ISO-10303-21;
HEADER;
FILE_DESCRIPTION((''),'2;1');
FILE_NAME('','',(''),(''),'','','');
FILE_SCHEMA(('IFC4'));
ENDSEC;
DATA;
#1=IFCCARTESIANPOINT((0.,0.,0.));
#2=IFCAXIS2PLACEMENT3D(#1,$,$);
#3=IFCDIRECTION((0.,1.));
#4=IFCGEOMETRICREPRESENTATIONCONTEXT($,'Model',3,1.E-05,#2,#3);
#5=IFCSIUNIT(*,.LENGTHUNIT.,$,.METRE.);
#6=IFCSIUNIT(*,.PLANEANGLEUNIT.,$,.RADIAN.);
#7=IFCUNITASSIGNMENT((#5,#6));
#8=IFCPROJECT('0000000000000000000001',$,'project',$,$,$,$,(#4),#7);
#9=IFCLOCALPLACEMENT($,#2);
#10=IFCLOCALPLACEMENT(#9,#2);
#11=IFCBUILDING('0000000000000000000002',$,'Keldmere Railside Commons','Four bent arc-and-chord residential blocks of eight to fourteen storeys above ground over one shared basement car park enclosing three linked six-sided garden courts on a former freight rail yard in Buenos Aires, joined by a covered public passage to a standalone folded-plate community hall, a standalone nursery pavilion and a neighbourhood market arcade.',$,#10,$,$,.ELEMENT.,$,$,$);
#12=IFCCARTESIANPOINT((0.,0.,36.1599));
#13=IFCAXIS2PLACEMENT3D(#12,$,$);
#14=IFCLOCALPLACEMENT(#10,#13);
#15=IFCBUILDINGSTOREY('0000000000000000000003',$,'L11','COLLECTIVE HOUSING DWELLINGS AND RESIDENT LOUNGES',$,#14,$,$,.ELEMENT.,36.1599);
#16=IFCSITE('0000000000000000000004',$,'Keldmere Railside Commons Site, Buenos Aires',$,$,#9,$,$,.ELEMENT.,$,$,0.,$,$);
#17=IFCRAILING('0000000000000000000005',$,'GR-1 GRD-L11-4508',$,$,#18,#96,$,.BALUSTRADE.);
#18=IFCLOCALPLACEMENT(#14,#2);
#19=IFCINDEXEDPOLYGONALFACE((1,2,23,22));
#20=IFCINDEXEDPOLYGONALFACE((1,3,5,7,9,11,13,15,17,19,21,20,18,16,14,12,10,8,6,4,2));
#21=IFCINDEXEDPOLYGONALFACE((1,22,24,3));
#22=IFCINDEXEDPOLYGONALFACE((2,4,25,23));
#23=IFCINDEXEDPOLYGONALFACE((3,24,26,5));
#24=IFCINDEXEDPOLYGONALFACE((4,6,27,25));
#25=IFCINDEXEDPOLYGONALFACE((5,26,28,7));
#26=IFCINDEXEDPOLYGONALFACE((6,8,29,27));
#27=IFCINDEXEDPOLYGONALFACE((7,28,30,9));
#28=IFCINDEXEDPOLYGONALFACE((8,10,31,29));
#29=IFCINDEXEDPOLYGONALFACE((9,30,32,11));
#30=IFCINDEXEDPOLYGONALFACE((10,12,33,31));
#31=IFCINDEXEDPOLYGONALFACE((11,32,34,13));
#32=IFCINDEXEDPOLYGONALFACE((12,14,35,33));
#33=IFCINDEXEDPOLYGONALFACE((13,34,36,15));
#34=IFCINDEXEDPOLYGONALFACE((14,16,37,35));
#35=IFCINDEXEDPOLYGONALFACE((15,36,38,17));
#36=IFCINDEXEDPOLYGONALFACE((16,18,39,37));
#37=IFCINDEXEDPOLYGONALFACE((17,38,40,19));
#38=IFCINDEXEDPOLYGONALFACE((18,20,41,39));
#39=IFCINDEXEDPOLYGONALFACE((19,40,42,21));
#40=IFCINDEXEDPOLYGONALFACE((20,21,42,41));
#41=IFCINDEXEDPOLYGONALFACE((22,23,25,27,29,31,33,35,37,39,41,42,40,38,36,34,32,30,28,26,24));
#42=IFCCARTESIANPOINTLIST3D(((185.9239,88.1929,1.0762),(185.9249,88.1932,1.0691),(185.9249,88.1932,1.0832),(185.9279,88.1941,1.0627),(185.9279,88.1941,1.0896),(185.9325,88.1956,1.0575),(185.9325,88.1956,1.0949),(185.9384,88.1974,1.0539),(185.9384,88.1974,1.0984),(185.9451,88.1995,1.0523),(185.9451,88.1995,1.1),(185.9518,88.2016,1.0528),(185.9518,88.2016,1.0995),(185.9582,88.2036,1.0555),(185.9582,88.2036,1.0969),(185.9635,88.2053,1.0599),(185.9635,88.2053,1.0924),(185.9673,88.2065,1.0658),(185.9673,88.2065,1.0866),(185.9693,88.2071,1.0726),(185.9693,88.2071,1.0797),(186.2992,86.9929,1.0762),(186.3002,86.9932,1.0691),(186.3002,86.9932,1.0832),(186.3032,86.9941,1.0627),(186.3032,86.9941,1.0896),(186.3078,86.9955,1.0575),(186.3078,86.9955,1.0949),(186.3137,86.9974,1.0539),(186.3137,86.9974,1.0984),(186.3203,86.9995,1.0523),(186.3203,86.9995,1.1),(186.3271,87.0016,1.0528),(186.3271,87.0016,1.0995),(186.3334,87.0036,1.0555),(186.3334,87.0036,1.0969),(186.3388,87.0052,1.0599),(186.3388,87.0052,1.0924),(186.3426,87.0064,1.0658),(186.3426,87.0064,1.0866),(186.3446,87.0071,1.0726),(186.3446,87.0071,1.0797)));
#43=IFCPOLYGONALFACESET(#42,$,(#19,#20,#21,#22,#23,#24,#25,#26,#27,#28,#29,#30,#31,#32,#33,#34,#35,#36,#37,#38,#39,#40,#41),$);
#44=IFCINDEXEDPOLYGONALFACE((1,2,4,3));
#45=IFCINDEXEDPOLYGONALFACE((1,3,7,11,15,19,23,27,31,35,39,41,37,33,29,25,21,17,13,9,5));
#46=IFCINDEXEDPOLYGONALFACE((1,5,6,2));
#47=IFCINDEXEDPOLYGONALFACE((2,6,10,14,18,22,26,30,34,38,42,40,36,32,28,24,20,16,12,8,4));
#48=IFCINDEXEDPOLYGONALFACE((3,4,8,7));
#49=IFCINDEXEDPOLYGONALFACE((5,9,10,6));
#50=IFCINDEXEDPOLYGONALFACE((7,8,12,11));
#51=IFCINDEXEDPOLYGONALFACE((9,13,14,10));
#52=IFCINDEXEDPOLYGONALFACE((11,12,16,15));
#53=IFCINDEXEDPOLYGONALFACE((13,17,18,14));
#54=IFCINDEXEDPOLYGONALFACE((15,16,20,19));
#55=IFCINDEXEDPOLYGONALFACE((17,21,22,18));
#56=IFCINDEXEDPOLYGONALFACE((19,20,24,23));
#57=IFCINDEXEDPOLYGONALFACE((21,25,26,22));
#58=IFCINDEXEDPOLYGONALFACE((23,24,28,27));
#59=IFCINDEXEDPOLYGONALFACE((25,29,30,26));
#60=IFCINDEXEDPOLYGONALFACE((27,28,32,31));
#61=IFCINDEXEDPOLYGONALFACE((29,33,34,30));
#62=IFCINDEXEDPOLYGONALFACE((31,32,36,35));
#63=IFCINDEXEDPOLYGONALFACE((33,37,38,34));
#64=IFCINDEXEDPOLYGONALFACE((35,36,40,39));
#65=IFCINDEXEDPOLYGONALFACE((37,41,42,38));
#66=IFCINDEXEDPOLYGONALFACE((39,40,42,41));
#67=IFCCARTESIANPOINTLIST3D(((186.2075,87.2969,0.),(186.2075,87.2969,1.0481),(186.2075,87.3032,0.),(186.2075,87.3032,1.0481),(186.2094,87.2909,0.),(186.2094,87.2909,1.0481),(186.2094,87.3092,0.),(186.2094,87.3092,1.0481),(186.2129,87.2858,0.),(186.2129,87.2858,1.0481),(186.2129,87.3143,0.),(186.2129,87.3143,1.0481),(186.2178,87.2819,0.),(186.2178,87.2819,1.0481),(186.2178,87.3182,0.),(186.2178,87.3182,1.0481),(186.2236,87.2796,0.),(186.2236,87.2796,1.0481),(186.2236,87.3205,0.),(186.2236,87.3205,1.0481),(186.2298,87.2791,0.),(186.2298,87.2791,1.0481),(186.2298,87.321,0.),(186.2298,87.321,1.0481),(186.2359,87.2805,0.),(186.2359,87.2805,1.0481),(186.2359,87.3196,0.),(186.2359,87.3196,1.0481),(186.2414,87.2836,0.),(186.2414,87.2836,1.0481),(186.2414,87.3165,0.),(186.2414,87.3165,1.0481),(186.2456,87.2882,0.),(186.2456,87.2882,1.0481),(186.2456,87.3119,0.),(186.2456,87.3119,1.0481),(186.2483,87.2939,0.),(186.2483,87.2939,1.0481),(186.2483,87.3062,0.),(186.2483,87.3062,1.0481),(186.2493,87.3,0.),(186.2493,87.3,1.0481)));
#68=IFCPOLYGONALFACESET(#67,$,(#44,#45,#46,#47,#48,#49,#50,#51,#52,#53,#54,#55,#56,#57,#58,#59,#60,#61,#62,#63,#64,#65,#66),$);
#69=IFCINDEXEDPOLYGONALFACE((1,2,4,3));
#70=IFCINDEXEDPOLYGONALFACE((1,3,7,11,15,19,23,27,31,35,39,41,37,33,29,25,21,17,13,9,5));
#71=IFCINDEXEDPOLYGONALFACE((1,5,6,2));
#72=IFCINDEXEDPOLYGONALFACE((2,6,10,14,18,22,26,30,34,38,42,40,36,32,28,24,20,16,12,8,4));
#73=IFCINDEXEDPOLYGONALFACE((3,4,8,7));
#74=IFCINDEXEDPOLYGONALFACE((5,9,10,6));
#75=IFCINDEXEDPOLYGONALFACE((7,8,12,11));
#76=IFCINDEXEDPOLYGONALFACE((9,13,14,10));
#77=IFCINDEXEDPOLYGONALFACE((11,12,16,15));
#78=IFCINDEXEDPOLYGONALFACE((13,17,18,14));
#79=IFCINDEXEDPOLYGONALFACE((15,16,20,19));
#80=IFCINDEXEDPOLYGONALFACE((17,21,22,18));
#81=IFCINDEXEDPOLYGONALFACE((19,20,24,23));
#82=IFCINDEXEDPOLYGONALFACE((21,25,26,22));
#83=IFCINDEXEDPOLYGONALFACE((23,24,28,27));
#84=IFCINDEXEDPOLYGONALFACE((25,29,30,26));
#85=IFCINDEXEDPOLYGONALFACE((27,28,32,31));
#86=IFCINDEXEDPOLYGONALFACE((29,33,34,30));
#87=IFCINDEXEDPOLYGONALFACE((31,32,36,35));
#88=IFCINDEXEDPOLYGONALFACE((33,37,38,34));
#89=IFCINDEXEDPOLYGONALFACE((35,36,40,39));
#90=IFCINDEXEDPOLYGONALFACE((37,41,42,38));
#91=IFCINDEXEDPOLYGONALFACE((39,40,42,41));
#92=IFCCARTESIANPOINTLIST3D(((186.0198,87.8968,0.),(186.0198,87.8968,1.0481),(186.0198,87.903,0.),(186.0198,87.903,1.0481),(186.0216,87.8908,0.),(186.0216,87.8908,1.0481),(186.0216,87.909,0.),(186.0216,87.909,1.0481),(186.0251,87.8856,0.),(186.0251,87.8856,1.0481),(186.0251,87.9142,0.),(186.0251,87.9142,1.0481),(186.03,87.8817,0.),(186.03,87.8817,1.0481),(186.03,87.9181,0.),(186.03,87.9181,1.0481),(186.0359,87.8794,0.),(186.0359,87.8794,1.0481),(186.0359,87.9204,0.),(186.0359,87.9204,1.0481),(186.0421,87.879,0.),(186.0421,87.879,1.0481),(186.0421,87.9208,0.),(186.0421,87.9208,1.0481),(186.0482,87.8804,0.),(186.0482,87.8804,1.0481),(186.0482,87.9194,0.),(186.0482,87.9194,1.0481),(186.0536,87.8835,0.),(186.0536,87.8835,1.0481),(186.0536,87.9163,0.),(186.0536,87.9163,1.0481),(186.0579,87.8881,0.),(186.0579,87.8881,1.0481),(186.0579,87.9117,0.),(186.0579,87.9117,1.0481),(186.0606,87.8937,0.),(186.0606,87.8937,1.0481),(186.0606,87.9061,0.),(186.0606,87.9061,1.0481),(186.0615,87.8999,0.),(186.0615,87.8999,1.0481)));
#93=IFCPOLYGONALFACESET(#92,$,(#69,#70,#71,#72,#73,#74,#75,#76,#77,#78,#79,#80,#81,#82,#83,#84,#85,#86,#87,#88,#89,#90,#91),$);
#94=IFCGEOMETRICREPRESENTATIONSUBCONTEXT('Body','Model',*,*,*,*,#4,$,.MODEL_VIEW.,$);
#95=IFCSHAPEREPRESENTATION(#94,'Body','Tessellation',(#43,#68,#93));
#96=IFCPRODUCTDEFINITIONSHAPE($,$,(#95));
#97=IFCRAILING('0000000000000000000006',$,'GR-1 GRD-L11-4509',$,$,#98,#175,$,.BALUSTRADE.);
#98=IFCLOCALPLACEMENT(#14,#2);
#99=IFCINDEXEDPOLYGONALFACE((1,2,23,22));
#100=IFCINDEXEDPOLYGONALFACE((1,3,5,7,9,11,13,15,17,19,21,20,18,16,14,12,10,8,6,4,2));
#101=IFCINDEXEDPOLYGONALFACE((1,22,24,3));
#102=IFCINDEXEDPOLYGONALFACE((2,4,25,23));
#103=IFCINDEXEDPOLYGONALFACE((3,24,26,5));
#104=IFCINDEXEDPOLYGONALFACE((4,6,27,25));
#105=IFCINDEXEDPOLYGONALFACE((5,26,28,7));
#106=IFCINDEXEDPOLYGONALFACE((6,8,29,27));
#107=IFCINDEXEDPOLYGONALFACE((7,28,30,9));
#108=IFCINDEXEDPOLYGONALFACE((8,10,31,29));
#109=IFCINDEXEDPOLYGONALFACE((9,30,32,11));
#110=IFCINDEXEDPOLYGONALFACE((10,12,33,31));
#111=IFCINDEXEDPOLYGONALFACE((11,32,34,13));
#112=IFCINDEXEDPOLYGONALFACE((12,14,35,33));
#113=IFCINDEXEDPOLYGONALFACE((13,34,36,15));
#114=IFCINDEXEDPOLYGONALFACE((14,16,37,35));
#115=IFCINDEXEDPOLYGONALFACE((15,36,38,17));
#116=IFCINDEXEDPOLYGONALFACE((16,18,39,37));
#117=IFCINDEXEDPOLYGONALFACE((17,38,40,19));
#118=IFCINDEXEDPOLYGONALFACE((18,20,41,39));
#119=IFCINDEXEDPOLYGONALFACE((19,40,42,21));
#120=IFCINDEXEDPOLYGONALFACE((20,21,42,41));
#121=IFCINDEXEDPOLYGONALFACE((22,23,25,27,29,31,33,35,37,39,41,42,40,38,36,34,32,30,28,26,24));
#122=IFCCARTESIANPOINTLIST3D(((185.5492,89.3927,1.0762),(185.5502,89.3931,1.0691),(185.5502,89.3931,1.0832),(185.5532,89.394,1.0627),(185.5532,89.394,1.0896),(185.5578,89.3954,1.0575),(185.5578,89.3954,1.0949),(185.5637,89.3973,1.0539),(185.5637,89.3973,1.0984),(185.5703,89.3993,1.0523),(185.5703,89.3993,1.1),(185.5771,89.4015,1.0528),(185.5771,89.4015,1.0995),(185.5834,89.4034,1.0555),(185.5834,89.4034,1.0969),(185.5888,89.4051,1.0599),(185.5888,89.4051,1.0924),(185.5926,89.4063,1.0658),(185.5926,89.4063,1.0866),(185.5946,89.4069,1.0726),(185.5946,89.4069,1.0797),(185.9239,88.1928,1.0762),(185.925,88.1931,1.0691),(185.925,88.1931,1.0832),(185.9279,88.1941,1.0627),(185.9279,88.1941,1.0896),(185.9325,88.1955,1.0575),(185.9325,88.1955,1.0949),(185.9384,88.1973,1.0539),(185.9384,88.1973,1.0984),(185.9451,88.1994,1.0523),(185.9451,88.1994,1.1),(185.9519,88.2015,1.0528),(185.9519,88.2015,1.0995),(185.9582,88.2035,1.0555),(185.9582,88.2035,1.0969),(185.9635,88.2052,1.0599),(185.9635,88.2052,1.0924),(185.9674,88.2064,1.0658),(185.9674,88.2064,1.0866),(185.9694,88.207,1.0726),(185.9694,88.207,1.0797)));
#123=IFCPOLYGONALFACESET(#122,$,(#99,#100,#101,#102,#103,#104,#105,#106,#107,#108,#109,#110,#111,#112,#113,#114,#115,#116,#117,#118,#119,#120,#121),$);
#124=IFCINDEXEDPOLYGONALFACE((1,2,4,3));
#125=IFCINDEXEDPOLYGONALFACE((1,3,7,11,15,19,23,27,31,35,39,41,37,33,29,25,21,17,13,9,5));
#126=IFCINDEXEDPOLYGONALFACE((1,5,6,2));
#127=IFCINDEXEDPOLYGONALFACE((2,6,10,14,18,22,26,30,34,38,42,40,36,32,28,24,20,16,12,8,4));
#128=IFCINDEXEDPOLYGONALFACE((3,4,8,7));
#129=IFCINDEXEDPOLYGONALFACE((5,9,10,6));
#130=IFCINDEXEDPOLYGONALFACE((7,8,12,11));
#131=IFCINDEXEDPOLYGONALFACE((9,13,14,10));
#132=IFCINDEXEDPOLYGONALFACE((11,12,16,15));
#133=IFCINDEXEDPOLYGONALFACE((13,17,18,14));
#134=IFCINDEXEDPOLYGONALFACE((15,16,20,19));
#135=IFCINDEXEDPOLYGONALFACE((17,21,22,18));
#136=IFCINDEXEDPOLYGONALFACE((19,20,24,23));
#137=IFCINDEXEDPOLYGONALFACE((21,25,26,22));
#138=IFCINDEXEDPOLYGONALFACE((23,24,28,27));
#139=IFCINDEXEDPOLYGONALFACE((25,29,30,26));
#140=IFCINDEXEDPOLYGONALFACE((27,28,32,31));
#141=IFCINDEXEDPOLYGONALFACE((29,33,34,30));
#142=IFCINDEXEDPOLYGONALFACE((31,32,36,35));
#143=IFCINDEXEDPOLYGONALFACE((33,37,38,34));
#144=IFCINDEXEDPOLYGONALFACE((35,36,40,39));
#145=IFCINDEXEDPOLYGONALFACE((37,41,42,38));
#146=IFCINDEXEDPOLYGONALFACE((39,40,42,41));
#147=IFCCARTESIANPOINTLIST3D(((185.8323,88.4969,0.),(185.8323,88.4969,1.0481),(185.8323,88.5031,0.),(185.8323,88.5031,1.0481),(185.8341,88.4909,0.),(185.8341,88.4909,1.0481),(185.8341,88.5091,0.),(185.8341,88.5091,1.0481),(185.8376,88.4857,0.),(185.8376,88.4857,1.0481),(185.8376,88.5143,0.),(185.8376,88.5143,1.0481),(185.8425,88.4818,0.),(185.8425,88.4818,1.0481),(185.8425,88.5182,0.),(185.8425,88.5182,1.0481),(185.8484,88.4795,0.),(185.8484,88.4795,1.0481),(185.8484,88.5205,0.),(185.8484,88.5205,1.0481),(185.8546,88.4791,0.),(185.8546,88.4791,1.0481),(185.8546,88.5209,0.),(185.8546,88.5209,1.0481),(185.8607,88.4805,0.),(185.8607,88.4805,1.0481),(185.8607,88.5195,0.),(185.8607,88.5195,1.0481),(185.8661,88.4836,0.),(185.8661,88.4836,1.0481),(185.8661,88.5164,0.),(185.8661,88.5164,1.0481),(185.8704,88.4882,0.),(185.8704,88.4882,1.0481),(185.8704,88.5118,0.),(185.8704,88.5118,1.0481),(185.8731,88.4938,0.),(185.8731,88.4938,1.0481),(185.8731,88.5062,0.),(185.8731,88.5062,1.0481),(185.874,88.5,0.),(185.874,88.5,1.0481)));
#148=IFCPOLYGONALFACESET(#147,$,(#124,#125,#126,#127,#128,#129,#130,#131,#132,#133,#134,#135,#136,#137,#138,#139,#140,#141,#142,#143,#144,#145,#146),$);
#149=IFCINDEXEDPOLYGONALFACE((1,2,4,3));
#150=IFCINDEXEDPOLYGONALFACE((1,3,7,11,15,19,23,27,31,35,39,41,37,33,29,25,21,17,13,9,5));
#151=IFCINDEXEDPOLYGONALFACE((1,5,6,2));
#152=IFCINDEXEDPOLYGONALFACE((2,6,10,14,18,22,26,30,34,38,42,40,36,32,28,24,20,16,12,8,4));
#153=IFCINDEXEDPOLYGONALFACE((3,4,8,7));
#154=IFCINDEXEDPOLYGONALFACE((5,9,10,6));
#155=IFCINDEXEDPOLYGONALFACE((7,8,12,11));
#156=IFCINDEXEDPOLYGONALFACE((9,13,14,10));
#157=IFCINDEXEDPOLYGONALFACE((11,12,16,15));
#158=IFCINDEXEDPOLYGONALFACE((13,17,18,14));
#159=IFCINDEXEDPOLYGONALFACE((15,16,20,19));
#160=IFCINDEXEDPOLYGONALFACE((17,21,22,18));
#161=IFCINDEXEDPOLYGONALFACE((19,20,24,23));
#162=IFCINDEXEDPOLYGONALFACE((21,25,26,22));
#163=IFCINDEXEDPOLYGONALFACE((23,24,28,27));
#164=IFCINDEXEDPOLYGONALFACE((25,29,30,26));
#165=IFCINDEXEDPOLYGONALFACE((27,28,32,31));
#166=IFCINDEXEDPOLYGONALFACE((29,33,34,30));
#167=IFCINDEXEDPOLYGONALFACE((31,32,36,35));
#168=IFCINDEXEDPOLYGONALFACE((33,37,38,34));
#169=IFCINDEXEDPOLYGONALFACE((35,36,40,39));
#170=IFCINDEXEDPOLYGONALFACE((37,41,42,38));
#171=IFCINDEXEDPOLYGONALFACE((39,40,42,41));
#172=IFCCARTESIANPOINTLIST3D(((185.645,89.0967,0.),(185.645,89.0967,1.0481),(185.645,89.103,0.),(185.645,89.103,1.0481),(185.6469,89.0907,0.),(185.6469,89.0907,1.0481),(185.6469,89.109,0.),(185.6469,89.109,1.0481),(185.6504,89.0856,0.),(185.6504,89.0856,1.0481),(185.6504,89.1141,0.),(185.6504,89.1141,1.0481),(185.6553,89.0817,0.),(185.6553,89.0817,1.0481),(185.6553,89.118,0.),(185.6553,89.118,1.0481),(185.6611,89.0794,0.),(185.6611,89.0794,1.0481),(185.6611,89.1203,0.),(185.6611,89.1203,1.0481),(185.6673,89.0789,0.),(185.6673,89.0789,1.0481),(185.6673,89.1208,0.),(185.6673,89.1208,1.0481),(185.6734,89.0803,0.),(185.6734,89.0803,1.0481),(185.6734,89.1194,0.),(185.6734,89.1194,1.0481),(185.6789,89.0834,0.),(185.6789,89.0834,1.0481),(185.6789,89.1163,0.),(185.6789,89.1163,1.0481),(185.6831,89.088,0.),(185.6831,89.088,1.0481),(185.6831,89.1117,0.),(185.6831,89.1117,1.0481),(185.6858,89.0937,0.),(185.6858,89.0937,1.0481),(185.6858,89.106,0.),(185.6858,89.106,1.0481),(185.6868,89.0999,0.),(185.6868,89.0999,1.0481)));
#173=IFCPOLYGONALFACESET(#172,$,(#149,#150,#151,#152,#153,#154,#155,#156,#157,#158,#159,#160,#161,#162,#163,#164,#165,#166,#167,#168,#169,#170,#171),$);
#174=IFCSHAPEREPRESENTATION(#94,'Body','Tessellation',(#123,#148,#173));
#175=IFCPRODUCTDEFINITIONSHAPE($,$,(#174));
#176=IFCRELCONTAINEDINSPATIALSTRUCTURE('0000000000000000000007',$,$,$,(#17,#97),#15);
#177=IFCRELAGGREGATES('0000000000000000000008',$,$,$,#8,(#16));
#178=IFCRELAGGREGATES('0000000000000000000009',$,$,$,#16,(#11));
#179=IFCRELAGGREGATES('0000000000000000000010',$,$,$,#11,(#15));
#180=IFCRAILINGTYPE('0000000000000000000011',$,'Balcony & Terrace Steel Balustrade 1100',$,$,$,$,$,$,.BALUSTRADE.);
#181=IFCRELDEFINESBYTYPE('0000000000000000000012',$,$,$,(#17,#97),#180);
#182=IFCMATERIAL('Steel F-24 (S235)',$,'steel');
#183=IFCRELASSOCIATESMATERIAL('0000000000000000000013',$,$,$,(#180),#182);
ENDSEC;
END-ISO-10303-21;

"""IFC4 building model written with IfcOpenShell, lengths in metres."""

from ifc_helpers import new_model, si_unit, direction, frame, origin, origin_2d, place, context, subcontext, project, spatial, circle, extrude, material, type_object, element, save


model = new_model("IFC4")

# Units and contexts
model_context = context("Model", 3, precision=1e-05, world=origin(), true_north=direction((0.0, 1.0)))
body_context = subcontext(model_context, "Body", "Model", "MODEL_VIEW")
ifc_project = project(units=[si_unit("LENGTHUNIT", "METRE"), si_unit("PLANEANGLEUNIT", "RADIAN")], contexts=[model_context])

# Site, building, storey
site_placement = place(None, origin())
site = spatial("IfcSite", under=ifc_project, at=site_placement, Name="Keldmere Railside Commons Site, Buenos Aires", CompositionType="ELEMENT", RefElevation=0.0)
building_placement = place(site_placement, origin())
building = spatial("IfcBuilding", under=site, at=building_placement, Name="Keldmere Railside Commons", Description="Four bent arc-and-chord residential blocks of eight to fourteen storeys above ground over one shared basement car park enclosing three linked six-sided garden courts on a former freight rail yard in Buenos Aires, joined by a covered public passage to a standalone folded-plate community hall, a standalone nursery pavilion and a neighbourhood market arcade.", CompositionType="ELEMENT")
storey_placement = place(building_placement, frame((0.0, 0.0, 36.1599)))
storey = spatial("IfcBuildingStorey", under=building, at=storey_placement, Name="L11", Description="COLLECTIVE HOUSING DWELLINGS AND RESIDENT LOUNGES", CompositionType="ELEMENT", Elevation=36.1599)

# Railings
ifc_material_1 = material(Name="Steel F-24 (S235)", Category="steel")
railing_type = type_object("IfcRailingType", Name="Balcony & Terrace Steel Balustrade 1100", PredefinedType="BALUSTRADE", material=ifc_material_1)
railing_1_placement = place(storey_placement, frame((186.322, 87.0, 0.0)))
element("IfcRailing", 1, at=railing_1_placement, inside=storey, type_object=railing_type, Name="GR-1 GRD-L11-4508", PredefinedType="BALUSTRADE", context=body_context, shape_type="SweptSolid", body=[
    extrude(circle(Radius=0.0239, at=origin_2d()), frame((0.0, 0.0, 1.0762), z_axis=(-0.298463, 0.954421, 0.0), x_axis=(-0.954421, -0.298463, 0.0)), (0.0, 0.0, 1.0), 1.2573),
    extrude(circle(Radius=0.021, at=origin_2d()), frame((-0.0938, 0.3, 0.0)), (0.0, 0.0, 1.0), 1.0481),
    extrude(circle(Radius=0.021, at=origin_2d()), frame((-0.2815, 0.8999, 0.0)), (0.0, 0.0, 1.0), 1.0481),
])
railing_2_placement = place(storey_placement, frame((185.9468, 88.2, 0.0)))
element("IfcRailing", 2, at=railing_2_placement, inside=storey, type_object=railing_type, Name="GR-1 GRD-L11-4509", PredefinedType="BALUSTRADE", context=body_context, shape_type="SweptSolid", body=[
    extrude(circle(Radius=0.0239, at=origin_2d()), frame((0.0, 0.0, 1.0762), z_axis=(-0.298109, 0.954532, 0.0), x_axis=(-0.954532, -0.298109, 0.0)), (0.0, 0.0, 1.0), 1.2571),
    extrude(circle(Radius=0.021, at=origin_2d()), frame((-0.0938, 0.3, 0.0)), (0.0, 0.0, 1.0), 1.0481),
    extrude(circle(Radius=0.021, at=origin_2d()), frame((-0.281, 0.8999, 0.0)), (0.0, 0.0, 1.0), 1.0481),
])

save(model, "model.ifc")
